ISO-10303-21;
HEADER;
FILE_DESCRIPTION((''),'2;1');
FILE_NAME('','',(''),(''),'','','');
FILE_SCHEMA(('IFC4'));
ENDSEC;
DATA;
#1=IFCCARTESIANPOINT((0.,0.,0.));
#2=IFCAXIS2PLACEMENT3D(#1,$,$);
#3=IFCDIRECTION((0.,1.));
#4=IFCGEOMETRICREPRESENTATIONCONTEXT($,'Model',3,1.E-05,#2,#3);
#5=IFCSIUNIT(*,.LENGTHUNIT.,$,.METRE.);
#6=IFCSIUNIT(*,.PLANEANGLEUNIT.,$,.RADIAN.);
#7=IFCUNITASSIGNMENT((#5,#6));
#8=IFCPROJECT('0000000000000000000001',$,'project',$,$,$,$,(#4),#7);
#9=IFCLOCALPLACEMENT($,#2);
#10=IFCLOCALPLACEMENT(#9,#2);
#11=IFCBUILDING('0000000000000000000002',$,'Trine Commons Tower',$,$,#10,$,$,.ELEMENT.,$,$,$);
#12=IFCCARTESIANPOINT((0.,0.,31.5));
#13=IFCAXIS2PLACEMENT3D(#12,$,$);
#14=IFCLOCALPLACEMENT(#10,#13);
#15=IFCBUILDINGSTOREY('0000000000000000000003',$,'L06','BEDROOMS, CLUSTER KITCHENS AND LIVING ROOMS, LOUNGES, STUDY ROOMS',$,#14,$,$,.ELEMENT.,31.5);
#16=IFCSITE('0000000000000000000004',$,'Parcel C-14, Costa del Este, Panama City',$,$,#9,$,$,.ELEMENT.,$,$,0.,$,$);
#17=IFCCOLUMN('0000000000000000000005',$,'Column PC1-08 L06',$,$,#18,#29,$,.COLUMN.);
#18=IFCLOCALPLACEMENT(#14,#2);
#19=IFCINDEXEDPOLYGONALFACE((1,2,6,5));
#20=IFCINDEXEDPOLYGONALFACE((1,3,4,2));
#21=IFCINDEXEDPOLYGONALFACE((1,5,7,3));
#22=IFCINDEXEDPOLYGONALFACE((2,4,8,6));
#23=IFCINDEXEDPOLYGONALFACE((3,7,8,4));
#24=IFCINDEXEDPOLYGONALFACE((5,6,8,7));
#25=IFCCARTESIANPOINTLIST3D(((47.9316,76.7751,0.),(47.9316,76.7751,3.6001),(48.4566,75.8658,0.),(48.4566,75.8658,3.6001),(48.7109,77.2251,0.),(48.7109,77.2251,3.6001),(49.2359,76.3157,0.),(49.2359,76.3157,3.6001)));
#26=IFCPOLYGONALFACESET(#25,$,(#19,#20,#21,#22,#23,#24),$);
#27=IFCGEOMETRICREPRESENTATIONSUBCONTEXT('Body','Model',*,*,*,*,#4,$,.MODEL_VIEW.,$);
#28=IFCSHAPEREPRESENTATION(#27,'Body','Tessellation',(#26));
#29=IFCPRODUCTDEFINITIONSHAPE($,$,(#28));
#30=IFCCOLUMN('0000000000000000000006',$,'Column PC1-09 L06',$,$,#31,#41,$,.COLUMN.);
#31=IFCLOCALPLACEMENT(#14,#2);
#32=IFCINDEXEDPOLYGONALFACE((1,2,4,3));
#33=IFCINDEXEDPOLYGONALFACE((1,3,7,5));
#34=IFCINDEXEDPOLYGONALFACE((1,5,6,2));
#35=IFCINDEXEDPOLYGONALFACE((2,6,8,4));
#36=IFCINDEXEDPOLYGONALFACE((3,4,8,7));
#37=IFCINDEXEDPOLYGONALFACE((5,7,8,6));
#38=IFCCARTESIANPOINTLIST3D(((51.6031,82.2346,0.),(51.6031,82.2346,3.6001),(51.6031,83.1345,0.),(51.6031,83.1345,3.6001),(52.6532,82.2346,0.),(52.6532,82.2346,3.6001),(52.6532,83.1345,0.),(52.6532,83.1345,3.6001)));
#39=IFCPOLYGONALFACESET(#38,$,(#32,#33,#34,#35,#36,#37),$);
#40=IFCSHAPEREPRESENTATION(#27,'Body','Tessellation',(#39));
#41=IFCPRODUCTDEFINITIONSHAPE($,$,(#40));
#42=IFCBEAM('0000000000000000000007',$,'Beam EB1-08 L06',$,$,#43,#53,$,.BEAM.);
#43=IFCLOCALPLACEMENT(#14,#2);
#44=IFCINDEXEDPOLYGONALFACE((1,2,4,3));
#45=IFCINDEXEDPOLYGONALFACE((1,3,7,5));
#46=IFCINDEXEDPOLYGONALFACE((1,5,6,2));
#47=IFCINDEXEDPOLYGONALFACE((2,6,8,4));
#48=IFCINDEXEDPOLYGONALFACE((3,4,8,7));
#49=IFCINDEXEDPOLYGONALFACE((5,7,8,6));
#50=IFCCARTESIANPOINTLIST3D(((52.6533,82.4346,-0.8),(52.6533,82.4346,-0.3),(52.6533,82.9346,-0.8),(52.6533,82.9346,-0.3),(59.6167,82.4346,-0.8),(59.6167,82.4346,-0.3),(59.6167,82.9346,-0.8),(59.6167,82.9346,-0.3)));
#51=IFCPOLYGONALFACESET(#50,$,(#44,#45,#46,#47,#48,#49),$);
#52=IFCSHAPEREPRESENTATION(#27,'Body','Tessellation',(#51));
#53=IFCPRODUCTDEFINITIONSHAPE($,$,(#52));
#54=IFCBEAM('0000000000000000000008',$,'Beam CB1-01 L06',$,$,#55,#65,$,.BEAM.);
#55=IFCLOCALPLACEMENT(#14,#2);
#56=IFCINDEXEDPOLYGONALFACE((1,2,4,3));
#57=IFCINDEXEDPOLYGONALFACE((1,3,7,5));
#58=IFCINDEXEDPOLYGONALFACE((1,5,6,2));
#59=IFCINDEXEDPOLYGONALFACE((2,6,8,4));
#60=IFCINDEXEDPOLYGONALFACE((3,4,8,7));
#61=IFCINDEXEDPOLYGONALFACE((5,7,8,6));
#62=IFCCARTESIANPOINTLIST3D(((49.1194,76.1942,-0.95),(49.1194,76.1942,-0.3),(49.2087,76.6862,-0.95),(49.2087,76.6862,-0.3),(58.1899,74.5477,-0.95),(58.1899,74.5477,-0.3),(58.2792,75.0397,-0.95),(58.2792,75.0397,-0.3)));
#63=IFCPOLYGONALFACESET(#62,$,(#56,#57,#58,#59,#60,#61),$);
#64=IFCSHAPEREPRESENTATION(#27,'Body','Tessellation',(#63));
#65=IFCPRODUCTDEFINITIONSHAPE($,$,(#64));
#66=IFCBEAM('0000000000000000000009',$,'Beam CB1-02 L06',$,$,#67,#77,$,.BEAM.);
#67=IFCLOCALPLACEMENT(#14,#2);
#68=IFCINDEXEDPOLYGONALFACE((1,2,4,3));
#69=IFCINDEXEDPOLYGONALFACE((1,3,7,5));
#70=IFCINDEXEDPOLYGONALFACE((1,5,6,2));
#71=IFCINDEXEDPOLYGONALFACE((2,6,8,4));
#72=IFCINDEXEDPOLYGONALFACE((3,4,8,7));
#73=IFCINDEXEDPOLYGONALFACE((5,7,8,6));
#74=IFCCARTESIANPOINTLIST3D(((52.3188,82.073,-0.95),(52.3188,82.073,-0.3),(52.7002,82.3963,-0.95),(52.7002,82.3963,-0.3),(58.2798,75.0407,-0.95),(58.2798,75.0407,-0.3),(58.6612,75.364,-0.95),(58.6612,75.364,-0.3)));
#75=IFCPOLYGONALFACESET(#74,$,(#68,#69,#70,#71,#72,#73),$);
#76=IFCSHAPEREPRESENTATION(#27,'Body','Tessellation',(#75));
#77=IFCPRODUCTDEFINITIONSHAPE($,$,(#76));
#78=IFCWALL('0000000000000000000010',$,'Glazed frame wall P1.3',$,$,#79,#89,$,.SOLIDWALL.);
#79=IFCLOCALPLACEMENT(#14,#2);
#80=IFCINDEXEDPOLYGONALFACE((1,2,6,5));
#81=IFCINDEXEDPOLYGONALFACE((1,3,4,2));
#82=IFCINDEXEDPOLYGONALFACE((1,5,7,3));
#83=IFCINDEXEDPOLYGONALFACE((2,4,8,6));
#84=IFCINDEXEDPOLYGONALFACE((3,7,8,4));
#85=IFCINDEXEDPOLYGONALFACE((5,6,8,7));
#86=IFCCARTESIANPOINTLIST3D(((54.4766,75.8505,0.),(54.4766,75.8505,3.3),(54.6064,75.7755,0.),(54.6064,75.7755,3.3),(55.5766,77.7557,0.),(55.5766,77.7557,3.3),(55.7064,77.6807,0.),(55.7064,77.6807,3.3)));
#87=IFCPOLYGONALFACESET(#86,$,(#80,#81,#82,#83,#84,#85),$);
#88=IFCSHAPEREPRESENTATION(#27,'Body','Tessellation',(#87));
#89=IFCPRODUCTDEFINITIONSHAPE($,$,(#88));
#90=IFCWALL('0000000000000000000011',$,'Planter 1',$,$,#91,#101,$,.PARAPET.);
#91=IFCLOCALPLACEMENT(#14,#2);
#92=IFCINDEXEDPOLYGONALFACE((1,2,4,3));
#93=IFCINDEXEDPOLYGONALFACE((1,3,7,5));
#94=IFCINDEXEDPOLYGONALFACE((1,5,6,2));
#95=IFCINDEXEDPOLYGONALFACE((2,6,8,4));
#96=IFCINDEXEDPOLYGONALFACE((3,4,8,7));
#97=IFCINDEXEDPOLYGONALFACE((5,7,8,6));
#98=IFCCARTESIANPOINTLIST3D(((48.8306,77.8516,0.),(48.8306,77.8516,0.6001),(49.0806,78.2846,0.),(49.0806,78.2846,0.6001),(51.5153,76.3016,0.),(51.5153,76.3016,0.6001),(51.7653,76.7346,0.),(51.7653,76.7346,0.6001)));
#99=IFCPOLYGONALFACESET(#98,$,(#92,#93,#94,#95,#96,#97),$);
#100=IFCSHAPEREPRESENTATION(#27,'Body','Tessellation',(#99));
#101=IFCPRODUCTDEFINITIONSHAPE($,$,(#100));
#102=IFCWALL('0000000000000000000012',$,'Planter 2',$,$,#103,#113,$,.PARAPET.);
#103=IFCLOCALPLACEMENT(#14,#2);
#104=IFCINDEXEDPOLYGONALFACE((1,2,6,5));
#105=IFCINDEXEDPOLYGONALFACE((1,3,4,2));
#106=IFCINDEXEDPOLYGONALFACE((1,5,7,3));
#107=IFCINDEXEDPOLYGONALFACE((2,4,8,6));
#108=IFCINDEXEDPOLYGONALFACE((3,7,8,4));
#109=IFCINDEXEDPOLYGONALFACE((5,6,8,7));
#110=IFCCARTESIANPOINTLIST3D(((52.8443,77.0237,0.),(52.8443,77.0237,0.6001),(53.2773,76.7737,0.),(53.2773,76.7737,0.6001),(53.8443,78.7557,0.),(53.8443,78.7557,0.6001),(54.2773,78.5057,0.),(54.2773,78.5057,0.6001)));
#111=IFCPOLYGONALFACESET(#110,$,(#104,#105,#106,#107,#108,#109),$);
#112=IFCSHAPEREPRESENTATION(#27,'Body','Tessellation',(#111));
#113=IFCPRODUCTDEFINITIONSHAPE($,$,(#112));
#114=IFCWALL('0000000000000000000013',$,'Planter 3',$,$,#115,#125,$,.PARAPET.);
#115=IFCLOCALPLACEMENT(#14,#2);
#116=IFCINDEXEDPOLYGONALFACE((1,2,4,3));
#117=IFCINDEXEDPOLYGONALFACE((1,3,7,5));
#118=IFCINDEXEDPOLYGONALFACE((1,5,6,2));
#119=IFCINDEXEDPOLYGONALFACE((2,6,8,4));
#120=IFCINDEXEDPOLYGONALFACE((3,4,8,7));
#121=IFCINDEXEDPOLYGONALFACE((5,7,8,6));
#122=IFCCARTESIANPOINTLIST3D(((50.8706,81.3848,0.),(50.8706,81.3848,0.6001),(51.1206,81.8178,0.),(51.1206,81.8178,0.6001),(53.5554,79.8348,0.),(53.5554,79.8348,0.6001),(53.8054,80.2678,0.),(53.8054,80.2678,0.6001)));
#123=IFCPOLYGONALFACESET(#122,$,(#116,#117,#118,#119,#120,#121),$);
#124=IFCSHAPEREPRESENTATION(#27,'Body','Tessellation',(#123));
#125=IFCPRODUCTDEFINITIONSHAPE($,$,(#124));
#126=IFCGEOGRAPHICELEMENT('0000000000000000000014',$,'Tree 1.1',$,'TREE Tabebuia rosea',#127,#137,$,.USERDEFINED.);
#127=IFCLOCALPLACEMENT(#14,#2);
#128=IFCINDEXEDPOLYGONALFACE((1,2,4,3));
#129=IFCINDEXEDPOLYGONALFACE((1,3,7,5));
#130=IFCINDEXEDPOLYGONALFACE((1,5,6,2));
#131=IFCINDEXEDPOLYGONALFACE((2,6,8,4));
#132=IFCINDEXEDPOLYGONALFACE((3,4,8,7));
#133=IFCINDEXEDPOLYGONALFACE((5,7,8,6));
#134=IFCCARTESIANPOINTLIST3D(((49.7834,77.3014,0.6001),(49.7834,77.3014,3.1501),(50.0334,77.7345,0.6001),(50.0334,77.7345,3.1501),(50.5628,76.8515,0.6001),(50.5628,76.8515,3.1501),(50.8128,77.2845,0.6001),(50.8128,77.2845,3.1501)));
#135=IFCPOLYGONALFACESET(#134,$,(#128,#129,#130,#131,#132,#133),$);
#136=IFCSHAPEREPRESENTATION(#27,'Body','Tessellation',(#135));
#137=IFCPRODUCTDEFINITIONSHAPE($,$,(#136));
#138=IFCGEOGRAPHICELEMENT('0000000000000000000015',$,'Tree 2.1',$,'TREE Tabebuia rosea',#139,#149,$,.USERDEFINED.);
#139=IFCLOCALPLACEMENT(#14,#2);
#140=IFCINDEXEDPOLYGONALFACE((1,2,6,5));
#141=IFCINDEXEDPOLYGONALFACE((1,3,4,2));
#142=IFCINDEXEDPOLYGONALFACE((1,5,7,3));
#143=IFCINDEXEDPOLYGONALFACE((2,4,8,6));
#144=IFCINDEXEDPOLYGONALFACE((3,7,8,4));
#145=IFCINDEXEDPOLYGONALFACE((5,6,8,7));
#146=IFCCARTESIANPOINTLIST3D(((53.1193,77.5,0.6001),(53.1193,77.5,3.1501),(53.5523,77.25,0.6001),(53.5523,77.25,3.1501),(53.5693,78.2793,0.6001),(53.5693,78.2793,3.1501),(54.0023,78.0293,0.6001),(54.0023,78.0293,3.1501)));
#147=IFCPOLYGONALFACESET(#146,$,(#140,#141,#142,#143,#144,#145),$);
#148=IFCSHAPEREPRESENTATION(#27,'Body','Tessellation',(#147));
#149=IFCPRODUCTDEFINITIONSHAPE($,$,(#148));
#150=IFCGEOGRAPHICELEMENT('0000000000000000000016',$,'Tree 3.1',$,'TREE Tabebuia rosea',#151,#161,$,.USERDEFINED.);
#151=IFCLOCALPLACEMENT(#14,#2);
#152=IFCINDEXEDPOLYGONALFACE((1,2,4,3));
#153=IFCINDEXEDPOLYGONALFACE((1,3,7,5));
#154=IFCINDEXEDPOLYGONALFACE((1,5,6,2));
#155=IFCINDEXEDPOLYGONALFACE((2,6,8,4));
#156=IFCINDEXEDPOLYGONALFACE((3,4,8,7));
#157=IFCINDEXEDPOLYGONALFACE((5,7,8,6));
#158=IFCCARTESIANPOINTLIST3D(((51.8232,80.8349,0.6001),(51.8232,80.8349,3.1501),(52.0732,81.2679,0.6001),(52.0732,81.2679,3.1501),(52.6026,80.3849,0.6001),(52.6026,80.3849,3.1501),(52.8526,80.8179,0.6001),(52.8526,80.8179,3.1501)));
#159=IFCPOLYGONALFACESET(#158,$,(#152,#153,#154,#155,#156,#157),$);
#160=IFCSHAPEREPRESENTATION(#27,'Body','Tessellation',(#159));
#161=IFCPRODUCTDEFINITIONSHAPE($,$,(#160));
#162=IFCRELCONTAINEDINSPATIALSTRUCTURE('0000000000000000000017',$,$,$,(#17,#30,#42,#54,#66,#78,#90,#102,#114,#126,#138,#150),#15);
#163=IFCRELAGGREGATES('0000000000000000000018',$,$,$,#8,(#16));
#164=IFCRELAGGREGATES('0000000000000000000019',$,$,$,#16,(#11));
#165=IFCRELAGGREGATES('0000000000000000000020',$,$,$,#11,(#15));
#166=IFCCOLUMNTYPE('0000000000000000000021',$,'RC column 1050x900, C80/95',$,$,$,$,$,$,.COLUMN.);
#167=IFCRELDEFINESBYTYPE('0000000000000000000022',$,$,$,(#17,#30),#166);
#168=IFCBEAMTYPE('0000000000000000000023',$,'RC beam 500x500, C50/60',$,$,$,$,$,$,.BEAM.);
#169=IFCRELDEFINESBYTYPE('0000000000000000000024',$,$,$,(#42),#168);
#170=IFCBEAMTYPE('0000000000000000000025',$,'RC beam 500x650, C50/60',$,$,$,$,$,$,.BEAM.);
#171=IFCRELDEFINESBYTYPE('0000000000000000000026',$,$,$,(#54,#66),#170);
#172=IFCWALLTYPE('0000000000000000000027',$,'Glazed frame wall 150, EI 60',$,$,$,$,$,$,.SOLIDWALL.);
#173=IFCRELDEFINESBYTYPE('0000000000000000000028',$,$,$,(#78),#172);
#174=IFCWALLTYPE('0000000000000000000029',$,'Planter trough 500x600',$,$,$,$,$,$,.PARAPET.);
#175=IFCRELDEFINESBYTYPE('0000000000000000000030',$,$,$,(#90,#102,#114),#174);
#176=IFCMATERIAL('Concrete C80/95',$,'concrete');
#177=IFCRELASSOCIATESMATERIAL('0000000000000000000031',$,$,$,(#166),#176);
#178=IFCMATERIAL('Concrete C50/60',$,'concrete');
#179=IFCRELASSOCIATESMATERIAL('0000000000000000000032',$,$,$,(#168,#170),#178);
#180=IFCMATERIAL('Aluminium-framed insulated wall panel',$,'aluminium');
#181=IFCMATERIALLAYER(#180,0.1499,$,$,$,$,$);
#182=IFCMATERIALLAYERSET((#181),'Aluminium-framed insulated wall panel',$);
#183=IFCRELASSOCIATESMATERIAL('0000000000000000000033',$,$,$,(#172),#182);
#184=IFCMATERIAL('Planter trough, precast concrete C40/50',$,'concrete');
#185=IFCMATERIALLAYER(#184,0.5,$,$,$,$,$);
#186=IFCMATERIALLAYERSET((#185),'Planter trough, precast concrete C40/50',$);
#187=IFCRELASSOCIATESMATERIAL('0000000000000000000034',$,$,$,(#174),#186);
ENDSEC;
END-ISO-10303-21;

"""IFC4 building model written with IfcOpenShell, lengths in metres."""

from ifc_helpers import new_model, si_unit, direction, frame, frame_2d, origin, origin_2d, place, context, subcontext, project, spatial, polyline, rectangle, outline, extrude, material, layer, layer_set, material_profile, profile_set, type_object, element, save


model = new_model("IFC4")

# Units and contexts
model_context = context("Model", 3, precision=1e-05, world=origin(), true_north=direction((0.0, 1.0)))
body_context = subcontext(model_context, "Body", "Model", "MODEL_VIEW")
ifc_project = project(units=[si_unit("LENGTHUNIT", "METRE"), si_unit("PLANEANGLEUNIT", "RADIAN")], contexts=[model_context])

# Site, building, storey
site_placement = place(None, origin())
site = spatial("IfcSite", under=ifc_project, at=site_placement, Name="Parcel C-14, Costa del Este, Panama City", CompositionType="ELEMENT", RefElevation=0.0)
building_placement = place(site_placement, origin())
building = spatial("IfcBuilding", under=site, at=building_placement, Name="Trine Commons Tower", CompositionType="ELEMENT")
storey_placement = place(building_placement, frame((0.0, 0.0, 31.5)))
storey = spatial("IfcBuildingStorey", under=building, at=storey_placement, Name="L06", Description="BEDROOMS, CLUSTER KITCHENS AND LIVING ROOMS, LOUNGES, STUDY ROOMS", CompositionType="ELEMENT", Elevation=31.5)

# Columns
ifc_material_1 = material(Name="Concrete C80/95", Category="concrete")
ifc_material_profile_1 = material_profile(ifc_material_1, rectangle(XDim=1.05, YDim=0.8999, at=origin_2d()), Name="RC 1050x900")
ifc_profile_set_1 = profile_set([ifc_material_profile_1], Name="Concrete C80/95")
column_type = type_object("IfcColumnType", Name="RC column 1050x900, C80/95", PredefinedType="COLUMN", material=ifc_profile_set_1)
for number, where, z_axis, x_axis, name in (
    (1, (48.5837, 76.5454, 0.0), (0.0, 0.0, 1.0), (-0.5, 0.866025, 0.0), "Column PC1-08 L06"),
    (2, (52.1282, 82.6846, 0.0), (0.0, 0.0, 1.0), (1.0, 0.0, 0.0), "Column PC1-09 L06"),
):
    element("IfcColumn", number, at=place(storey_placement, frame(where, z_axis=z_axis, x_axis=x_axis)), inside=storey, type_object=column_type, Name=name, PredefinedType="COLUMN", context=body_context, shape_type="SweptSolid", body=[
        extrude(rectangle(XDim=1.05, YDim=0.8999, at=origin_2d()), origin(), (0.0, 0.0, 1.0), 3.6001),
    ])

# Beams
ifc_material_2 = material(Name="Concrete C50/60", Category="concrete")
ifc_material_profile_2 = material_profile(ifc_material_2, rectangle(XDim=0.5, YDim=0.5, at=origin_2d()), Name="RC 500x500")
ifc_profile_set_2 = profile_set([ifc_material_profile_2], Name="Concrete C50/60")
beam_type_1 = type_object("IfcBeamType", Name="RC beam 500x500, C50/60", PredefinedType="BEAM", material=ifc_profile_set_2)
beam_placement = place(storey_placement, frame((52.6533, 82.6846, -0.55), z_axis=(1.0, 0.0, 0.0), x_axis=(0.0, 1.0, 0.0)))
element("IfcBeam", 3, at=beam_placement, inside=storey, type_object=beam_type_1, Name="Beam EB1-08 L06", PredefinedType="BEAM", context=body_context, shape_type="SweptSolid", body=[
    extrude(rectangle(XDim=0.5, YDim=0.5, at=origin_2d()), origin(), (0.0, 0.0, 1.0), 6.9634),
])
ifc_material_profile_3 = material_profile(ifc_material_2, rectangle(XDim=0.5, YDim=0.6499, at=origin_2d()), Name="RC 500x650")
ifc_profile_set_3 = profile_set([ifc_material_profile_3], Name="Concrete C50/60")
beam_type_2 = type_object("IfcBeamType", Name="RC beam 500x650, C50/60", PredefinedType="BEAM", material=ifc_profile_set_3)
for number, where, z_axis, x_axis, name in (
    (4, (49.1641, 76.4402, -0.625), (0.983922, -0.178601, 0.0), (0.178601, 0.983922, 0.0), "Beam CB1-01 L06"),
    (5, (52.5095, 82.2346, -0.625), (0.646612, -0.762819, 0.0), (0.762819, 0.646612, 0.0), "Beam CB1-02 L06"),
):
    element("IfcBeam", number, at=place(storey_placement, frame(where, z_axis=z_axis, x_axis=x_axis)), inside=storey, type_object=beam_type_2, Name=name, PredefinedType="BEAM", context=body_context, shape_type="SweptSolid", body=[
        extrude(rectangle(XDim=0.5, YDim=0.6499, at=origin_2d()), origin(), (0.0, 0.0, 1.0), 9.2188),
    ])

# Walls
ifc_material_3 = material(Name="Aluminium-framed insulated wall panel", Category="aluminium")
ifc_layer_1 = layer(ifc_material_3, 0.1499)
ifc_layer_set_1 = layer_set([ifc_layer_1], Name="Aluminium-framed insulated wall panel")
wall_type_1 = type_object("IfcWallType", Name="Glazed frame wall 150, EI 60", PredefinedType="SOLIDWALL", material=ifc_layer_set_1)
wall_1_placement = place(storey_placement, frame((54.5415, 75.813, 0.0), z_axis=(0.0, 0.0, 1.0), x_axis=(0.499995, 0.866028, 0.0)))
element("IfcWall", 6, at=wall_1_placement, inside=storey, type_object=wall_type_1, Name="Glazed frame wall P1.3", PredefinedType="SOLIDWALL", context=body_context, shape_type="SweptSolid", body=[
    extrude(outline(polyline([(0.0, -0.075), (2.2, -0.075), (2.2, 0.075), (0.0, 0.075), (0.0, -0.075)])), origin(), (0.0, 0.0, 1.0), 3.3),
])
ifc_material_4 = material(Name="Planter trough, precast concrete C40/50", Category="concrete")
ifc_layer_2 = layer(ifc_material_4, 0.5)
ifc_layer_set_2 = layer_set([ifc_layer_2], Name="Planter trough, precast concrete C40/50")
wall_type_2 = type_object("IfcWallType", Name="Planter trough 500x600", PredefinedType="PARAPET", material=ifc_layer_set_2)
wall_2_placement = place(storey_placement, frame((48.9556, 78.0681, 0.0), z_axis=(0.0, 0.0, 1.0), x_axis=(0.86603, -0.499993, 0.0)))
element("IfcWall", 7, at=wall_2_placement, inside=storey, type_object=wall_type_2, Name="Planter 1", PredefinedType="PARAPET", context=body_context, shape_type="SweptSolid", body=[
    extrude(rectangle(XDim=3.1001, YDim=0.5, at=frame_2d((1.55, 0.0))), origin(), (0.0, 0.0, 1.0), 0.6001),
])
wall_3_placement = place(storey_placement, frame((53.0608, 76.8987, 0.0), z_axis=(0.0, 0.0, 1.0), x_axis=(0.500025, 0.866011, 0.0)))
element("IfcWall", 8, at=wall_3_placement, inside=storey, type_object=wall_type_2, Name="Planter 2", PredefinedType="PARAPET", context=body_context, shape_type="SweptSolid", body=[
    extrude(rectangle(XDim=2.0, YDim=0.5, at=frame_2d((1.0, 0.0))), origin(), (0.0, 0.0, 1.0), 0.6001),
])
wall_4_placement = place(storey_placement, frame((53.6804, 80.0513, 0.0), z_axis=(0.0, 0.0, 1.0), x_axis=(-0.86603, 0.499993, 0.0)))
element("IfcWall", 9, at=wall_4_placement, inside=storey, type_object=wall_type_2, Name="Planter 3", PredefinedType="PARAPET", context=body_context, shape_type="SweptSolid", body=[
    extrude(rectangle(XDim=3.1001, YDim=0.5, at=frame_2d((1.55, 0.0))), origin(), (0.0, 0.0, 1.0), 0.6001),
])

# Geographic elements
for number, where, z_axis, x_axis, name in (
    (10, (50.2981, 77.293, 0.6001), (0.0, 0.0, 1.0), (0.866026, -0.499998, 0.0), "Tree 1.1"),
    (11, (53.5608, 77.7646, 0.6001), (0.0, 0.0, 1.0), (0.500011, 0.866019, 0.0), "Tree 2.1"),
    (12, (52.3379, 80.8264, 0.6001), (0.0, 0.0, 1.0), (-0.866026, 0.499998, 0.0), "Tree 3.1"),
):
    element("IfcGeographicElement", number, at=place(storey_placement, frame(where, z_axis=z_axis, x_axis=x_axis)), inside=storey, Name=name, ObjectType="TREE Tabebuia rosea", PredefinedType="USERDEFINED", context=body_context, shape_type="SweptSolid", body=[
        extrude(rectangle(XDim=0.8999, YDim=0.5, at=origin_2d()), origin(), (0.0, 0.0, 1.0), 2.55),
    ])

save(model, "model.ifc")
